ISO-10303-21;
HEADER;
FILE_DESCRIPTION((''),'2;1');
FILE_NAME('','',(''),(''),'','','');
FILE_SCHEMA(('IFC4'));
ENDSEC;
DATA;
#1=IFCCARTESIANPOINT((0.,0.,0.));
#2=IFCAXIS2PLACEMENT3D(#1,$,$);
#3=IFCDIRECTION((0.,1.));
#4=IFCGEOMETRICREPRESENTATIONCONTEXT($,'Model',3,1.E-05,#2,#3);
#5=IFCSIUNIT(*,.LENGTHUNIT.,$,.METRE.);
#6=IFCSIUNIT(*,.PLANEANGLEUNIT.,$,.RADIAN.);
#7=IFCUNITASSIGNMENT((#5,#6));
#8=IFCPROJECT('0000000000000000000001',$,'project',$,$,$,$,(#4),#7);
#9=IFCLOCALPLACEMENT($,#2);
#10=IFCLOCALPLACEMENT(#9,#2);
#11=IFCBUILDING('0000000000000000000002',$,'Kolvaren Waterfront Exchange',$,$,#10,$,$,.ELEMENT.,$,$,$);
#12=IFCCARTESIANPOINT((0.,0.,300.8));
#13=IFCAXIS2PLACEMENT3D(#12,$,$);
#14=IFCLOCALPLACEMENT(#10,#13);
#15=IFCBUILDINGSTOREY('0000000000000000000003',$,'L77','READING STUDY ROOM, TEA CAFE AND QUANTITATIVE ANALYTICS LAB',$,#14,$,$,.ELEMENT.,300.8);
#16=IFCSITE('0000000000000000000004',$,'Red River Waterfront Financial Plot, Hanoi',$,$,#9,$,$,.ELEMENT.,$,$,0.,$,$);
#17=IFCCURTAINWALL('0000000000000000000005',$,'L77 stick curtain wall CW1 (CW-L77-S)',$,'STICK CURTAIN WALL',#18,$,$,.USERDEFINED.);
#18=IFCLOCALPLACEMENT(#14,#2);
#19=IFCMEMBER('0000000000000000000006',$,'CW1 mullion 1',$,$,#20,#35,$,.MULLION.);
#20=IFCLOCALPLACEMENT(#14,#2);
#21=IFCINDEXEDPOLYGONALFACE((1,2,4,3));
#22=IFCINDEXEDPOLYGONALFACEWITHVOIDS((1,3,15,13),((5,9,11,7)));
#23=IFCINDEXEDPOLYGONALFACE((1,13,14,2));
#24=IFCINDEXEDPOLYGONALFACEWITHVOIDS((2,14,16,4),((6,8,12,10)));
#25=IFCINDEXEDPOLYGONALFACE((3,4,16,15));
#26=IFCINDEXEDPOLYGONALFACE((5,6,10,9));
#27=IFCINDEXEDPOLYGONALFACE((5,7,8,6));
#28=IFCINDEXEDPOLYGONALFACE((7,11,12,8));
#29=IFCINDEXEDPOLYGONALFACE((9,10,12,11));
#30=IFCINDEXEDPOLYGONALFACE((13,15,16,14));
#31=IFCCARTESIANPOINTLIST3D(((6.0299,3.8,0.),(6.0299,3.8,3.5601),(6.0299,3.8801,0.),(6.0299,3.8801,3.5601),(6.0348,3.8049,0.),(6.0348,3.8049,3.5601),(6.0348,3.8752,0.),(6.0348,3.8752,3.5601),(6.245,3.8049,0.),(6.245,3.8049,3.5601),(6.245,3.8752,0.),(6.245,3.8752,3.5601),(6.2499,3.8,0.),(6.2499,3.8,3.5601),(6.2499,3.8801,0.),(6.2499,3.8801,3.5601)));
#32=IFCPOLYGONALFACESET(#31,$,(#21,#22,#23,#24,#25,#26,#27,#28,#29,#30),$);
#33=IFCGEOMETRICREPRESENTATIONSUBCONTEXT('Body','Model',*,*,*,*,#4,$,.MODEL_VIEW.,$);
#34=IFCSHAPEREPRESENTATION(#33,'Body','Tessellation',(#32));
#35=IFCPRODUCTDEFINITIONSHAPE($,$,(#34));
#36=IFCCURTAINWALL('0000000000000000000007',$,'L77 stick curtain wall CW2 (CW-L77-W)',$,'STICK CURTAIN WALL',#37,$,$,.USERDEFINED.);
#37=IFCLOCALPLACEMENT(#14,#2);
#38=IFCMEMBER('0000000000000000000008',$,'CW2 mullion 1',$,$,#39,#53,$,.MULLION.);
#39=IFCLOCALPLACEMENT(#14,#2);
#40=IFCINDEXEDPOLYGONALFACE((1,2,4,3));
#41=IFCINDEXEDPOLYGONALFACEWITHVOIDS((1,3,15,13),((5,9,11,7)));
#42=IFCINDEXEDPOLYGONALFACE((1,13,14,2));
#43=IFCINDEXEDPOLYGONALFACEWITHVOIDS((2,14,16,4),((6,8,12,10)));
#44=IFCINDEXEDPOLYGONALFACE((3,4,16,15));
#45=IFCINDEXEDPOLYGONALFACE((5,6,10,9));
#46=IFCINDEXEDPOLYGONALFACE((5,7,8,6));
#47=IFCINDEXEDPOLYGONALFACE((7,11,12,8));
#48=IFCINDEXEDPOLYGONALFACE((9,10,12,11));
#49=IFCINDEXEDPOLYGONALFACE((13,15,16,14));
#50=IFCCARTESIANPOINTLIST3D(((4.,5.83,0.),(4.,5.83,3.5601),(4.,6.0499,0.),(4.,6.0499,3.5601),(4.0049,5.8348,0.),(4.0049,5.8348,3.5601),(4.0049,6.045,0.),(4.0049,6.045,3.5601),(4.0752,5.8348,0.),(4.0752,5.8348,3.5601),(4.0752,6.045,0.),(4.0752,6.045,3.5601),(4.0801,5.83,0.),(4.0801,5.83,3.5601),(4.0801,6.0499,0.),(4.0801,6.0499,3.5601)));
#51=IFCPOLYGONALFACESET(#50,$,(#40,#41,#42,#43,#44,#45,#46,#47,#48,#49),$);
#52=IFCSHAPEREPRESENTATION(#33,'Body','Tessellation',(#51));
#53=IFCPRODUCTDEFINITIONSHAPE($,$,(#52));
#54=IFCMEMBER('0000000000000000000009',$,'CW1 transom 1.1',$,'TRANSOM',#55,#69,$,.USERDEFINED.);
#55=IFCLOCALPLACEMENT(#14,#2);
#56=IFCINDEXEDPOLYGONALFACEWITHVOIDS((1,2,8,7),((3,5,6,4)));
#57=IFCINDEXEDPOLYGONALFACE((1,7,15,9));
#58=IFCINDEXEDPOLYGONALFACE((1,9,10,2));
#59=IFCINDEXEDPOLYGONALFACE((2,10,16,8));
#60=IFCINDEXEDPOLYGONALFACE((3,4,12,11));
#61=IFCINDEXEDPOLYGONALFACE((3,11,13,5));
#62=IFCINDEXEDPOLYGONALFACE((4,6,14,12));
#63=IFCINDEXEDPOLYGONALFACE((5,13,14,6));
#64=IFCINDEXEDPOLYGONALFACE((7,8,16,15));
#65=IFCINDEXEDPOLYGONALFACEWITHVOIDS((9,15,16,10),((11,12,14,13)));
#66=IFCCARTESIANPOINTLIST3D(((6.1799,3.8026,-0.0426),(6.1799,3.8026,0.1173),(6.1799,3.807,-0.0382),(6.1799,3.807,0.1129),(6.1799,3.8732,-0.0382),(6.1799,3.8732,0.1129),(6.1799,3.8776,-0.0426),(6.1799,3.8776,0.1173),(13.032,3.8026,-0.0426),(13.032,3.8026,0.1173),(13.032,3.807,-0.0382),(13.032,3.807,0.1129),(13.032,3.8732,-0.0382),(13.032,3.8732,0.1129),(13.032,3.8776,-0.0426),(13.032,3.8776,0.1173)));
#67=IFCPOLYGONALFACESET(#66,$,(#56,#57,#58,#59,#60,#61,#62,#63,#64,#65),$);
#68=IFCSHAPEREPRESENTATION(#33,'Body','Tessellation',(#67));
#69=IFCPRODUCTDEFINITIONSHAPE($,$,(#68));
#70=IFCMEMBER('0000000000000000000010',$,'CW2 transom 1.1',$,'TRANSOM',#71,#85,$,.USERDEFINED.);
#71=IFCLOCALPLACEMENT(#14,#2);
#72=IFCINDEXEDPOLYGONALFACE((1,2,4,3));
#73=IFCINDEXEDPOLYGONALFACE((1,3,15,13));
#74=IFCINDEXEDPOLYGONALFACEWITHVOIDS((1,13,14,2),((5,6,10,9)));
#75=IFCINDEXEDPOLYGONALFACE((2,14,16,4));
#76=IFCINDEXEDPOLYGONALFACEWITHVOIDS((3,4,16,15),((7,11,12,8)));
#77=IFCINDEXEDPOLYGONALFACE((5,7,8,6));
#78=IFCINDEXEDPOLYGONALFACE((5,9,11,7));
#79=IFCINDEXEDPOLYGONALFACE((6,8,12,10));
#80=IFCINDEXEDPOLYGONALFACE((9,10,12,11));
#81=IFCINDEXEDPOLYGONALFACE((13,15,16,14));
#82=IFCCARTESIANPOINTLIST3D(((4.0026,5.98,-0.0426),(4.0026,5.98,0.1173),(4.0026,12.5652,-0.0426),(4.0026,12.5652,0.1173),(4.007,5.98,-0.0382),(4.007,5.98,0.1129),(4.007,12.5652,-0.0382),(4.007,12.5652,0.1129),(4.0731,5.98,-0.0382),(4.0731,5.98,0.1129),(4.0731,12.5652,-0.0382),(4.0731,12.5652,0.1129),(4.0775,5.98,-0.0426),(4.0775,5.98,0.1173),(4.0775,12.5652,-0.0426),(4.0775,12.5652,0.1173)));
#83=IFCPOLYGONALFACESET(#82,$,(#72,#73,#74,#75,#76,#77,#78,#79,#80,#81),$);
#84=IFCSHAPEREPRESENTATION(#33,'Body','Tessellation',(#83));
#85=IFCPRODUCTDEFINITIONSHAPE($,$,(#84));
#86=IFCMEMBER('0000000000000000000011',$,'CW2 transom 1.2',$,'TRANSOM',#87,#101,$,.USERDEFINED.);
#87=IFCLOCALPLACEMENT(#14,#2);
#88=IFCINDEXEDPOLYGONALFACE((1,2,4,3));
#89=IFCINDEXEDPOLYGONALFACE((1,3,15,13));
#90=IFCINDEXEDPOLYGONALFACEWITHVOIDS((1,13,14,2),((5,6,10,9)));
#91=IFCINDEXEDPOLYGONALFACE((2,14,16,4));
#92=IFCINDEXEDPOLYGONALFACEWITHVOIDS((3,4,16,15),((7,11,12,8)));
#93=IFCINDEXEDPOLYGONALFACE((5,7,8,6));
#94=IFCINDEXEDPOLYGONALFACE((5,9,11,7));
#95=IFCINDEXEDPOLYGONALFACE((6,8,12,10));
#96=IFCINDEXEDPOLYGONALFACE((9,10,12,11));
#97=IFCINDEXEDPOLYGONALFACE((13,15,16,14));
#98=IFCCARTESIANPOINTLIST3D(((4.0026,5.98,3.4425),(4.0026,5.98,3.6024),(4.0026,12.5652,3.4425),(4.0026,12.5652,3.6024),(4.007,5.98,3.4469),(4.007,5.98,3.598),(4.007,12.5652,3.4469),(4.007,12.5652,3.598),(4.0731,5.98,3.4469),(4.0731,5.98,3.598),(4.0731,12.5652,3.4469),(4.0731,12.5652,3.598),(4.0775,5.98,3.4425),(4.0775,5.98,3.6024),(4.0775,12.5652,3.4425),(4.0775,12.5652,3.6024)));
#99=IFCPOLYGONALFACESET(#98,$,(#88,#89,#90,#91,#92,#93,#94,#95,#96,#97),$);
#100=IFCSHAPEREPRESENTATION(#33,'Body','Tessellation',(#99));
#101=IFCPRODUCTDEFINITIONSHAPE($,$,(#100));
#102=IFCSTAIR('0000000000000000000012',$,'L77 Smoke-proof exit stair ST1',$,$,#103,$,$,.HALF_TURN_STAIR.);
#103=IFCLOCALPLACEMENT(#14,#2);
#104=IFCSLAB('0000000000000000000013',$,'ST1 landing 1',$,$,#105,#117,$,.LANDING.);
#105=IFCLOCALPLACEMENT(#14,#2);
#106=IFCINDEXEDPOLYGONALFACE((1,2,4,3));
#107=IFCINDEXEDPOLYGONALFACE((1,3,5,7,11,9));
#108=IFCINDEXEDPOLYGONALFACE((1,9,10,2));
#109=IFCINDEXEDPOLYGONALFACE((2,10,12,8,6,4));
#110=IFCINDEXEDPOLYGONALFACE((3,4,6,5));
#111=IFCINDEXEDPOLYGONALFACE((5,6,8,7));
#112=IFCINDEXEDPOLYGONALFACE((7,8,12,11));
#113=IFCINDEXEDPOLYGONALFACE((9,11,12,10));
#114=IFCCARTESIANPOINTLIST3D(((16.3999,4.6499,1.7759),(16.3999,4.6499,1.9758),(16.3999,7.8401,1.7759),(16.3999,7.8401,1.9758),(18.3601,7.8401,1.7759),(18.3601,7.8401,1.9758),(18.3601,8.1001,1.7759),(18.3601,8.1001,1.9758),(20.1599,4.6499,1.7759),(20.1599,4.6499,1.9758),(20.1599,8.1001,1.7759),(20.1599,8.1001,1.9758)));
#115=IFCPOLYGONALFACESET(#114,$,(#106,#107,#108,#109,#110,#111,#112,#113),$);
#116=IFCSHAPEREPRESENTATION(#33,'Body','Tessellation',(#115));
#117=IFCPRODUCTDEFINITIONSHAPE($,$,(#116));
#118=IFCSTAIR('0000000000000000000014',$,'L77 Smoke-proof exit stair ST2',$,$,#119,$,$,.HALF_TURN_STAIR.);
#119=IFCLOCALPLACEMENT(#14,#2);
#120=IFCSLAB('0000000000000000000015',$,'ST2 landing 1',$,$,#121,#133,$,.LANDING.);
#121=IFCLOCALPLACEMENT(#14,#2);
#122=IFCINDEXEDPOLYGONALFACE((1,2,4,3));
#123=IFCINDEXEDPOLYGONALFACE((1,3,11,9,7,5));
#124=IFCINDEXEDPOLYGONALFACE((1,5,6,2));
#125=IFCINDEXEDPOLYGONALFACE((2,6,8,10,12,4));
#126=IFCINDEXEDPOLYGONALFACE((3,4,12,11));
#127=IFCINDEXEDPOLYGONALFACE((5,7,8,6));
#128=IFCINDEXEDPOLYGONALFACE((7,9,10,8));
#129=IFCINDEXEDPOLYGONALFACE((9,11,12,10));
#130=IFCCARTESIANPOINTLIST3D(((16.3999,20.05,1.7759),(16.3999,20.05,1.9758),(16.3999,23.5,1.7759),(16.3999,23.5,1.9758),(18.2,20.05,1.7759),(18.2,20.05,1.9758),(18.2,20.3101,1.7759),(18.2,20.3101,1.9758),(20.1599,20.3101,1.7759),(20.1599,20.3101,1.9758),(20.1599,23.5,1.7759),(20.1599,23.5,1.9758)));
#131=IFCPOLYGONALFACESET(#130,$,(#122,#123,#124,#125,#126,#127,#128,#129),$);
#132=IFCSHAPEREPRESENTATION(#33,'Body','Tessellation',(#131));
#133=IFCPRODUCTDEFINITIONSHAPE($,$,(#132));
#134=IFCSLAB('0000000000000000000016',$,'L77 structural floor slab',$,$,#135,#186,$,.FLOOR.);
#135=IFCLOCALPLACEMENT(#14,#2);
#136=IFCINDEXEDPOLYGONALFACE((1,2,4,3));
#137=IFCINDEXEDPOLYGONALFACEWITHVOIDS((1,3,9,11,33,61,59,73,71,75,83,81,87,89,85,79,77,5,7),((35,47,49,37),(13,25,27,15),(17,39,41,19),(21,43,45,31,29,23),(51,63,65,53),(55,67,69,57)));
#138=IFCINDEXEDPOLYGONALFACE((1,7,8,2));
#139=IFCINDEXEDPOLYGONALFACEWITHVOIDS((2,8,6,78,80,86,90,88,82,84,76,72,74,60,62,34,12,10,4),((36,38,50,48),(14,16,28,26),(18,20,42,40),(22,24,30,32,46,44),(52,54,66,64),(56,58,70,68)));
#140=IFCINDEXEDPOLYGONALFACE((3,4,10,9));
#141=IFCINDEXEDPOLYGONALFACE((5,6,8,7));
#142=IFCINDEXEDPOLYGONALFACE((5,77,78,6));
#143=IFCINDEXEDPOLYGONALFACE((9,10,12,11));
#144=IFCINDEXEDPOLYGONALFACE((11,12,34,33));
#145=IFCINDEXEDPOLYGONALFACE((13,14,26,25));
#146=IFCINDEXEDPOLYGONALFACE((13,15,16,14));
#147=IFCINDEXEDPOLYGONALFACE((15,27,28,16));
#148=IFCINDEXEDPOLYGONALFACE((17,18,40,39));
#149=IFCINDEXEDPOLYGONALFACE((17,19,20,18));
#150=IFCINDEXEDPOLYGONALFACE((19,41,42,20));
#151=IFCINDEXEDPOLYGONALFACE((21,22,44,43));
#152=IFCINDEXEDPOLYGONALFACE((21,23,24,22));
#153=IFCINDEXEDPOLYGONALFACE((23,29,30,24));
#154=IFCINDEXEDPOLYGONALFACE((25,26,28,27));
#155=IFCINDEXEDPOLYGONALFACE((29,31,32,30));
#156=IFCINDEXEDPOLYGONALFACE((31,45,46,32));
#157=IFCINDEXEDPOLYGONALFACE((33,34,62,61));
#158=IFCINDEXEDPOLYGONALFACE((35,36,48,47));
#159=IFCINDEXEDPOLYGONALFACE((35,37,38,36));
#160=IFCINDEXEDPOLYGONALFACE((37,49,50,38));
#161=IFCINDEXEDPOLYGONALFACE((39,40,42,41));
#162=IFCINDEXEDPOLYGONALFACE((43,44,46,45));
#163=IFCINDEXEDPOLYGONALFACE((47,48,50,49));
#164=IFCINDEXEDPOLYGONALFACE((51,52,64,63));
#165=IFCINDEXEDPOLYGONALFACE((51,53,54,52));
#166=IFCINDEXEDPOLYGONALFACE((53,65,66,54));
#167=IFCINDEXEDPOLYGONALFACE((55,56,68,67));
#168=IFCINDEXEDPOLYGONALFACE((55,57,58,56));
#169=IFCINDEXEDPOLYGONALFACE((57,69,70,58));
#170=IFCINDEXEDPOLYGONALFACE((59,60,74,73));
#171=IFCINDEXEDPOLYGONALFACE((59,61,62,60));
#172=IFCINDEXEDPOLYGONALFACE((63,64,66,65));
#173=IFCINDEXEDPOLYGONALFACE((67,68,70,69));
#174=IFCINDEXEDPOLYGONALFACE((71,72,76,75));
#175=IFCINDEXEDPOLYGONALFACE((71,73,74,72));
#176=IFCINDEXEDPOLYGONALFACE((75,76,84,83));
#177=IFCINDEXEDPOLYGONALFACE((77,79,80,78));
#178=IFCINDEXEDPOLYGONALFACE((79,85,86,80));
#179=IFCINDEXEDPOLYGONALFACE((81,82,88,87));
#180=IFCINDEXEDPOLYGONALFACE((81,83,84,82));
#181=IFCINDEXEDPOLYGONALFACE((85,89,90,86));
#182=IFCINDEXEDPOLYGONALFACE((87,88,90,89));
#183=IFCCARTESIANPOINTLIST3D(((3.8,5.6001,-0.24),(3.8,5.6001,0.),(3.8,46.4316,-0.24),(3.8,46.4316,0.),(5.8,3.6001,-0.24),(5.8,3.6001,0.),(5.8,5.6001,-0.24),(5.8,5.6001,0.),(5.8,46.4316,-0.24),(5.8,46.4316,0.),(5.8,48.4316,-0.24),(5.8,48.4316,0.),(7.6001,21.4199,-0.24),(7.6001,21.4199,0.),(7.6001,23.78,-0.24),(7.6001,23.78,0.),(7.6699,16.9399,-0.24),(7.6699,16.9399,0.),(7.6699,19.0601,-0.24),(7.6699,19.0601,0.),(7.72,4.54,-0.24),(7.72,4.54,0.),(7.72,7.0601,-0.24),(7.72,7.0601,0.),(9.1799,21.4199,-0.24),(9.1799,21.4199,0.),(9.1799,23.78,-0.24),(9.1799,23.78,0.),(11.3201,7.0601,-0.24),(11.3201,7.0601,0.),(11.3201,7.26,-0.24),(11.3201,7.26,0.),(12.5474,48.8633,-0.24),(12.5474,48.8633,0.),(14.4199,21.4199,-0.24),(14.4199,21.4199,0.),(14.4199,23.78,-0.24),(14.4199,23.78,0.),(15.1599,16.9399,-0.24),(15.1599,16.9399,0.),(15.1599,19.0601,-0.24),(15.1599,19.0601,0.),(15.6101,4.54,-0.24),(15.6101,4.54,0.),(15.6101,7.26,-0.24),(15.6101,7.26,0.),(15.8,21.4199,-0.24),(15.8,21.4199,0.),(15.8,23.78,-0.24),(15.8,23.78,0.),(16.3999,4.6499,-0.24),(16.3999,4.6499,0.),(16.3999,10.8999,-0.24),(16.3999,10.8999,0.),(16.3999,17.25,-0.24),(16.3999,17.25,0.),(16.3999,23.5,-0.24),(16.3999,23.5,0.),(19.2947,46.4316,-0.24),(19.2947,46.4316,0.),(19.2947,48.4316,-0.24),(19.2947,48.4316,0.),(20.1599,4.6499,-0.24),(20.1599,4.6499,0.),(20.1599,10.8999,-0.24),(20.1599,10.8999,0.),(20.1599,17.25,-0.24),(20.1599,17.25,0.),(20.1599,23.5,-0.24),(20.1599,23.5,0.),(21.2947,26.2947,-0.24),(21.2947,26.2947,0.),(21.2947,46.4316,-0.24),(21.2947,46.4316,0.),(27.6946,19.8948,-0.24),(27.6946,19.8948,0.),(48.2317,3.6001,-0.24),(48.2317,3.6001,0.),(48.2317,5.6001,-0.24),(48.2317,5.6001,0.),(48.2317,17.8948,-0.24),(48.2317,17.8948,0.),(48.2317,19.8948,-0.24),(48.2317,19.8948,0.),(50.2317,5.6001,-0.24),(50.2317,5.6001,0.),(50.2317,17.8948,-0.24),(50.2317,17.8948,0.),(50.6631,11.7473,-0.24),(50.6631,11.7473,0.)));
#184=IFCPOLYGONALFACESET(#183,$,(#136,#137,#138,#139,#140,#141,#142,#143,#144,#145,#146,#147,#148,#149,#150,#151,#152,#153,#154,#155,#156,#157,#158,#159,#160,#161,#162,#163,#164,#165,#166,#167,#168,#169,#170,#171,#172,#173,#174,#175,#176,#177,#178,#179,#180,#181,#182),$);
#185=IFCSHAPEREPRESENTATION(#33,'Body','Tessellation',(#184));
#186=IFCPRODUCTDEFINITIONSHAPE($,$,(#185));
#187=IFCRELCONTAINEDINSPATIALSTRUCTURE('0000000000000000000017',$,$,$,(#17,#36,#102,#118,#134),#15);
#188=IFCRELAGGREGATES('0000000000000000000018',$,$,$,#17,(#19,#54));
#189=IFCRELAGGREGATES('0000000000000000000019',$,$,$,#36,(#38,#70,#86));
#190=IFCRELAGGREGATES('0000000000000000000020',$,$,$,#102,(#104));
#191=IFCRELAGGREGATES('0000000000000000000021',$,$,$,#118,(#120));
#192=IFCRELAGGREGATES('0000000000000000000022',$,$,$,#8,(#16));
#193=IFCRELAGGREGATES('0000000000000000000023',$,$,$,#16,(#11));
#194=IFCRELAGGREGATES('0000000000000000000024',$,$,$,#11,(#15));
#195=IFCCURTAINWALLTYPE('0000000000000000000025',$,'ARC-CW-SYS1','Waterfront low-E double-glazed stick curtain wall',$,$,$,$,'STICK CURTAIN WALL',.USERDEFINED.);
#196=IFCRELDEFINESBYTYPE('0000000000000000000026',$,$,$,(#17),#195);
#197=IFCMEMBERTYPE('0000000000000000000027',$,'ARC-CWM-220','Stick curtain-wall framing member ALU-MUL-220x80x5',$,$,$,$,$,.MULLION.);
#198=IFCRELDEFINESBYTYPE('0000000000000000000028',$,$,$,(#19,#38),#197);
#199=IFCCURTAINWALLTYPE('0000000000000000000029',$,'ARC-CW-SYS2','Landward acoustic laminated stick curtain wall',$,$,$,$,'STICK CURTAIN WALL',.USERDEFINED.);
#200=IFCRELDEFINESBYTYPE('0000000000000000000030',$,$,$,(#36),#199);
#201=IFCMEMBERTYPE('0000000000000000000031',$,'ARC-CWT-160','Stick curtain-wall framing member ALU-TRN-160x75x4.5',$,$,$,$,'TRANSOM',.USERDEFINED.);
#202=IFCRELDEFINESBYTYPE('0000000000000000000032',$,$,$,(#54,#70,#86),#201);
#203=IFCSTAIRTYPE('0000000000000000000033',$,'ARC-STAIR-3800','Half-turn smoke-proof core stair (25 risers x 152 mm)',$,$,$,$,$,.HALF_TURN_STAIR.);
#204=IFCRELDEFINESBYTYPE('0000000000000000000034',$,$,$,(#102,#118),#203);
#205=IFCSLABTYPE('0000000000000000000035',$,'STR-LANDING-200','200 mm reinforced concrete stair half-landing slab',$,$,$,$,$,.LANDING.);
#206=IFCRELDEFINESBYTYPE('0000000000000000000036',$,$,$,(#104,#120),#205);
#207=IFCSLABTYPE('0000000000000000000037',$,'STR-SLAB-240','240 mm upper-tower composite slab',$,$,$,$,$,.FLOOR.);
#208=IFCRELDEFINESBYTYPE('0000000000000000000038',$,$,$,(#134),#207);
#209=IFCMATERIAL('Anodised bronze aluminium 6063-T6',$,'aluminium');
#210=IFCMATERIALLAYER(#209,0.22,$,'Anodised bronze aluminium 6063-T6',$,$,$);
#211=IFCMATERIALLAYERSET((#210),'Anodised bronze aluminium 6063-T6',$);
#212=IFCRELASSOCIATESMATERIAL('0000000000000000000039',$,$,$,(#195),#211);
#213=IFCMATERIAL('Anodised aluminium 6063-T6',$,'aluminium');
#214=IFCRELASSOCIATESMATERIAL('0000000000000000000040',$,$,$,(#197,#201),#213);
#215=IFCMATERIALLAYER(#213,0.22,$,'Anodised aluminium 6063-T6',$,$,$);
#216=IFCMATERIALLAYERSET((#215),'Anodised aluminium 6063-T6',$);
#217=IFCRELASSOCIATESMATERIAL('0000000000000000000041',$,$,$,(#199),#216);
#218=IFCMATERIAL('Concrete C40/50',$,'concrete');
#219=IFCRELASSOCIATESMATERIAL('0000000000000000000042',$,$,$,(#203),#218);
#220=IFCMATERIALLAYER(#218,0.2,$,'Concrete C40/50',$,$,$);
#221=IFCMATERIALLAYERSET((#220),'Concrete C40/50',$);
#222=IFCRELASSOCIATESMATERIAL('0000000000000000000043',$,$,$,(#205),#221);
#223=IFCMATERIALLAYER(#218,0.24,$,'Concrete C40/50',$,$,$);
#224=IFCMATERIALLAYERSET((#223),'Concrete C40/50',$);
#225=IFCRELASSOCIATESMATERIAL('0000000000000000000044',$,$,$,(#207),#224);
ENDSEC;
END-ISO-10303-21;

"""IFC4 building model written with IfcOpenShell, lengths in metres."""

from ifc_helpers import new_model, si_unit, direction, frame, origin, origin_with_axes, origin_2d, place, context, subcontext, project, spatial, polyline, hollow_rectangle, outline, extrude, source, transform, mapped, material, layer, layer_set, material_profile, profile_set, type_object, element, aggregate, save


model = new_model("IFC4")

# Units and contexts
model_context = context("Model", 3, precision=1e-05, world=origin(), true_north=direction((0.0, 1.0)))
body_context = subcontext(model_context, "Body", "Model", "MODEL_VIEW")
ifc_project = project(units=[si_unit("LENGTHUNIT", "METRE"), si_unit("PLANEANGLEUNIT", "RADIAN")], contexts=[model_context])

# Site, building, storey
site_placement = place(None, origin())
site = spatial("IfcSite", under=ifc_project, at=site_placement, Name="Red River Waterfront Financial Plot, Hanoi", CompositionType="ELEMENT", RefElevation=0.0)
building_placement = place(site_placement, origin())
building = spatial("IfcBuilding", under=site, at=building_placement, Name="Kolvaren Waterfront Exchange", CompositionType="ELEMENT")
storey_placement = place(building_placement, frame((0.0, 0.0, 300.8)))
storey = spatial("IfcBuildingStorey", under=building, at=storey_placement, Name="L77", Description="READING STUDY ROOM, TEA CAFE AND QUANTITATIVE ANALYTICS LAB", CompositionType="ELEMENT", Elevation=300.8)

# Curtain walls, members
ifc_material_1 = material(Name="Anodised bronze aluminium 6063-T6", Category="aluminium")
ifc_layer_1 = layer(ifc_material_1, 0.22, Name="Anodised bronze aluminium 6063-T6")
ifc_layer_set_1 = layer_set([ifc_layer_1], Name="Anodised bronze aluminium 6063-T6")
curtain_wall_type_1 = type_object("IfcCurtainWallType", Name="ARC-CW-SYS1", Description="Waterfront low-E double-glazed stick curtain wall", ElementType="STICK CURTAIN WALL", PredefinedType="USERDEFINED", material=ifc_layer_set_1)
curtain_wall_1_placement = place(storey_placement, origin())
curtain_wall_1 = element("IfcCurtainWall", 1, at=curtain_wall_1_placement, inside=storey, type_object=curtain_wall_type_1, Name="L77 stick curtain wall CW1 (CW-L77-S)", ObjectType="STICK CURTAIN WALL", PredefinedType="USERDEFINED")
ifc_material_2 = material(Name="Anodised aluminium 6063-T6", Category="aluminium")
ifc_material_profile_1 = material_profile(ifc_material_2, hollow_rectangle(XDim=0.0801, YDim=0.22, WallThickness=0.0049, at=origin_2d()), Name="ALU-MUL-220x80x5")
ifc_profile_set_1 = profile_set([ifc_material_profile_1], Name="Anodised aluminium 6063-T6")
member_type_1 = type_object("IfcMemberType", Name="ARC-CWM-220", Description="Stick curtain-wall framing member ALU-MUL-220x80x5", PredefinedType="MULLION", material=ifc_profile_set_1)
shared_shape_1 = source(origin_with_axes(), body_context, "Body", "SweptSolid", [
    extrude(hollow_rectangle(XDim=0.0801, YDim=0.22, WallThickness=0.0049, at=origin_2d()), origin(), (0.0, 0.0, 1.0), 3.5601),
])
member_1_placement = place(storey_placement, frame((6.1399, 3.8401, 0.0), z_axis=(0.0, 0.0, 1.0), x_axis=(0.0, 1.0, 0.0)))
member_1 = element("IfcMember", 2, at=member_1_placement, type_object=member_type_1, Name="CW1 mullion 1", PredefinedType="MULLION", context=body_context, shape_type="MappedRepresentation", body=[
    mapped(shared_shape_1, transform((0.0, 0.0, 0.0), x_axis=(1.0, 0.0, 0.0), y_axis=(0.0, 1.0, 0.0), z_axis=(0.0, 0.0, 1.0), scale=1.0)),
])
ifc_layer_2 = layer(ifc_material_2, 0.22, Name="Anodised aluminium 6063-T6")
ifc_layer_set_2 = layer_set([ifc_layer_2], Name="Anodised aluminium 6063-T6")
curtain_wall_type_2 = type_object("IfcCurtainWallType", Name="ARC-CW-SYS2", Description="Landward acoustic laminated stick curtain wall", ElementType="STICK CURTAIN WALL", PredefinedType="USERDEFINED", material=ifc_layer_set_2)
curtain_wall_2_placement = place(storey_placement, origin())
curtain_wall_2 = element("IfcCurtainWall", 3, at=curtain_wall_2_placement, inside=storey, type_object=curtain_wall_type_2, Name="L77 stick curtain wall CW2 (CW-L77-W)", ObjectType="STICK CURTAIN WALL", PredefinedType="USERDEFINED")
member_2_placement = place(storey_placement, frame((4.04, 5.9399, 0.0), z_axis=(0.0, 0.0, 1.0), x_axis=(-1.0, 0.0, 0.0)))
member_2 = element("IfcMember", 4, at=member_2_placement, type_object=member_type_1, Name="CW2 mullion 1", PredefinedType="MULLION", context=body_context, shape_type="MappedRepresentation", body=[
    mapped(shared_shape_1, transform((0.0, 0.0, 0.0), x_axis=(1.0, 0.0, 0.0), y_axis=(0.0, 1.0, 0.0), z_axis=(0.0, 0.0, 1.0), scale=1.0)),
])

# Members
ifc_material_profile_2 = material_profile(ifc_material_2, hollow_rectangle(XDim=0.075, YDim=0.1599, WallThickness=0.0044, at=origin_2d()), Name="ALU-TRN-160x75x4.5")
ifc_profile_set_2 = profile_set([ifc_material_profile_2], Name="Anodised aluminium 6063-T6")
member_type_2 = type_object("IfcMemberType", Name="ARC-CWT-160", Description="Stick curtain-wall framing member ALU-TRN-160x75x4.5", ElementType="TRANSOM", PredefinedType="USERDEFINED", material=ifc_profile_set_2)
shared_shape_2 = source(origin_with_axes(), body_context, "Body", "SweptSolid", [
    extrude(hollow_rectangle(XDim=0.075, YDim=0.1599, WallThickness=0.0044, at=origin_2d()), origin(), (0.0, 0.0, 1.0), 6.8521),
])
member_3_placement = place(storey_placement, frame((6.1799, 3.8401, 0.0374), z_axis=(1.0, 0.0, 0.0), x_axis=(0.0, 1.0, 0.0)))
member_3 = element("IfcMember", 5, at=member_3_placement, type_object=member_type_2, Name="CW1 transom 1.1", ObjectType="TRANSOM", PredefinedType="USERDEFINED", context=body_context, shape_type="MappedRepresentation", body=[
    mapped(shared_shape_2, transform((0.0, 0.0, 0.0), x_axis=(1.0, 0.0, 0.0), y_axis=(0.0, 1.0, 0.0), z_axis=(0.0, 0.0, 1.0), scale=1.0)),
])
aggregate(curtain_wall_1, [member_1, member_3])
shared_shape_3 = source(origin_with_axes(), body_context, "Body", "SweptSolid", [
    extrude(hollow_rectangle(XDim=0.075, YDim=0.1599, WallThickness=0.0044, at=origin_2d()), origin(), (0.0, 0.0, 1.0), 6.5852),
])
member_4_placement = place(storey_placement, frame((4.04, 5.98, 0.0374), z_axis=(0.0, 1.0, 0.0), x_axis=(-1.0, 0.0, 0.0)))
member_4 = element("IfcMember", 6, at=member_4_placement, type_object=member_type_2, Name="CW2 transom 1.1", ObjectType="TRANSOM", PredefinedType="USERDEFINED", context=body_context, shape_type="MappedRepresentation", body=[
    mapped(shared_shape_3, transform((0.0, 0.0, 0.0), x_axis=(1.0, 0.0, 0.0), y_axis=(0.0, 1.0, 0.0), z_axis=(0.0, 0.0, 1.0), scale=1.0)),
])
member_5_placement = place(storey_placement, frame((4.04, 5.98, 3.5225), z_axis=(0.0, 1.0, 0.0), x_axis=(-1.0, 0.0, 0.0)))
member_5 = element("IfcMember", 7, at=member_5_placement, type_object=member_type_2, Name="CW2 transom 1.2", ObjectType="TRANSOM", PredefinedType="USERDEFINED", context=body_context, shape_type="MappedRepresentation", body=[
    mapped(shared_shape_3, transform((0.0, 0.0, 0.0), x_axis=(1.0, 0.0, 0.0), y_axis=(0.0, 1.0, 0.0), z_axis=(0.0, 0.0, 1.0), scale=1.0)),
])
aggregate(curtain_wall_2, [member_2, member_4, member_5])

# Stairs, slabs
ifc_material_3 = material(Name="Concrete C40/50", Category="concrete")
stair_type = type_object("IfcStairType", Name="ARC-STAIR-3800", Description="Half-turn smoke-proof core stair (25 risers x 152 mm)", PredefinedType="HALF_TURN_STAIR", material=ifc_material_3)
stair_1_placement = place(storey_placement, origin())
stair_1 = element("IfcStair", 8, at=stair_1_placement, inside=storey, type_object=stair_type, Name="L77 Smoke-proof exit stair ST1", PredefinedType="HALF_TURN_STAIR")
ifc_layer_3 = layer(ifc_material_3, 0.2, Name="Concrete C40/50")
ifc_layer_set_3 = layer_set([ifc_layer_3], Name="Concrete C40/50")
slab_type_1 = type_object("IfcSlabType", Name="STR-LANDING-200", Description="200 mm reinforced concrete stair half-landing slab", PredefinedType="LANDING", material=ifc_layer_set_3)
slab_1_placement = place(storey_placement, frame((0.0, 0.0, 1.7759)))
slab_1 = element("IfcSlab", 9, at=slab_1_placement, type_object=slab_type_1, Name="ST1 landing 1", PredefinedType="LANDING", context=body_context, shape_type="SweptSolid", body=[
    extrude(outline(polyline([(16.3999, 7.8401), (16.3999, 4.6499), (20.1599, 4.6499), (20.1599, 8.1001), (18.3601, 8.1001), (18.3601, 7.8401), (16.3999, 7.8401)])), origin(), (0.0, 0.0, 1.0), 0.2),
])
aggregate(stair_1, [slab_1])
stair_2_placement = place(storey_placement, origin())
stair_2 = element("IfcStair", 10, at=stair_2_placement, inside=storey, type_object=stair_type, Name="L77 Smoke-proof exit stair ST2", PredefinedType="HALF_TURN_STAIR")
slab_2_placement = place(storey_placement, frame((0.0, 0.0, 1.7759)))
slab_2 = element("IfcSlab", 11, at=slab_2_placement, type_object=slab_type_1, Name="ST2 landing 1", PredefinedType="LANDING", context=body_context, shape_type="SweptSolid", body=[
    extrude(outline(polyline([(20.1599, 20.3101), (20.1599, 23.5), (16.3999, 23.5), (16.3999, 20.05), (18.2, 20.05), (18.2, 20.3101), (20.1599, 20.3101)])), origin(), (0.0, 0.0, 1.0), 0.2),
])
aggregate(stair_2, [slab_2])

# Slab
ifc_layer_4 = layer(ifc_material_3, 0.24, Name="Concrete C40/50")
ifc_layer_set_4 = layer_set([ifc_layer_4], Name="Concrete C40/50")
slab_type_2 = type_object("IfcSlabType", Name="STR-SLAB-240", Description="240 mm upper-tower composite slab", PredefinedType="FLOOR", material=ifc_layer_set_4)
slab_3_placement = place(storey_placement, frame((0.0, 0.0, -0.24)))
element("IfcSlab", 12, at=slab_3_placement, inside=storey, type_object=slab_type_2, Name="L77 structural floor slab", PredefinedType="FLOOR", context=body_context, shape_type="SweptSolid", body=[
    extrude(outline(polyline([(5.8, 3.6001), (48.2317, 3.6001), (48.2317, 5.6001), (50.2317, 5.6001), (50.6631, 11.7473), (50.2317, 17.8948), (48.2317, 17.8948), (48.2317, 19.8948), (27.6946, 19.8948), (21.2947, 26.2947), (21.2947, 46.4316), (19.2947, 46.4316), (19.2947, 48.4316), (12.5474, 48.8633), (5.8, 48.4316), (5.8, 46.4316), (3.8, 46.4316), (3.8, 5.6001), (5.8, 5.6001), (5.8, 3.6001)]), holes=[polyline([(11.3201, 7.26), (15.6101, 7.26), (15.6101, 4.54), (7.72, 4.54), (7.72, 7.0601), (11.3201, 7.0601), (11.3201, 7.26)]), polyline([(20.1599, 10.8999), (20.1599, 4.6499), (16.3999, 4.6499), (16.3999, 10.8999), (20.1599, 10.8999)]), polyline([(7.6699, 19.0601), (15.1599, 19.0601), (15.1599, 16.9399), (7.6699, 16.9399), (7.6699, 19.0601)]), polyline([(16.3999, 17.25), (16.3999, 23.5), (20.1599, 23.5), (20.1599, 17.25), (16.3999, 17.25)]), polyline([(7.6001, 23.78), (9.1799, 23.78), (9.1799, 21.4199), (7.6001, 21.4199), (7.6001, 23.78)]), polyline([(14.4199, 23.78), (15.8, 23.78), (15.8, 21.4199), (14.4199, 21.4199), (14.4199, 23.78)])]), origin(), (0.0, 0.0, 1.0), 0.24),
])

save(model, "model.ifc")
